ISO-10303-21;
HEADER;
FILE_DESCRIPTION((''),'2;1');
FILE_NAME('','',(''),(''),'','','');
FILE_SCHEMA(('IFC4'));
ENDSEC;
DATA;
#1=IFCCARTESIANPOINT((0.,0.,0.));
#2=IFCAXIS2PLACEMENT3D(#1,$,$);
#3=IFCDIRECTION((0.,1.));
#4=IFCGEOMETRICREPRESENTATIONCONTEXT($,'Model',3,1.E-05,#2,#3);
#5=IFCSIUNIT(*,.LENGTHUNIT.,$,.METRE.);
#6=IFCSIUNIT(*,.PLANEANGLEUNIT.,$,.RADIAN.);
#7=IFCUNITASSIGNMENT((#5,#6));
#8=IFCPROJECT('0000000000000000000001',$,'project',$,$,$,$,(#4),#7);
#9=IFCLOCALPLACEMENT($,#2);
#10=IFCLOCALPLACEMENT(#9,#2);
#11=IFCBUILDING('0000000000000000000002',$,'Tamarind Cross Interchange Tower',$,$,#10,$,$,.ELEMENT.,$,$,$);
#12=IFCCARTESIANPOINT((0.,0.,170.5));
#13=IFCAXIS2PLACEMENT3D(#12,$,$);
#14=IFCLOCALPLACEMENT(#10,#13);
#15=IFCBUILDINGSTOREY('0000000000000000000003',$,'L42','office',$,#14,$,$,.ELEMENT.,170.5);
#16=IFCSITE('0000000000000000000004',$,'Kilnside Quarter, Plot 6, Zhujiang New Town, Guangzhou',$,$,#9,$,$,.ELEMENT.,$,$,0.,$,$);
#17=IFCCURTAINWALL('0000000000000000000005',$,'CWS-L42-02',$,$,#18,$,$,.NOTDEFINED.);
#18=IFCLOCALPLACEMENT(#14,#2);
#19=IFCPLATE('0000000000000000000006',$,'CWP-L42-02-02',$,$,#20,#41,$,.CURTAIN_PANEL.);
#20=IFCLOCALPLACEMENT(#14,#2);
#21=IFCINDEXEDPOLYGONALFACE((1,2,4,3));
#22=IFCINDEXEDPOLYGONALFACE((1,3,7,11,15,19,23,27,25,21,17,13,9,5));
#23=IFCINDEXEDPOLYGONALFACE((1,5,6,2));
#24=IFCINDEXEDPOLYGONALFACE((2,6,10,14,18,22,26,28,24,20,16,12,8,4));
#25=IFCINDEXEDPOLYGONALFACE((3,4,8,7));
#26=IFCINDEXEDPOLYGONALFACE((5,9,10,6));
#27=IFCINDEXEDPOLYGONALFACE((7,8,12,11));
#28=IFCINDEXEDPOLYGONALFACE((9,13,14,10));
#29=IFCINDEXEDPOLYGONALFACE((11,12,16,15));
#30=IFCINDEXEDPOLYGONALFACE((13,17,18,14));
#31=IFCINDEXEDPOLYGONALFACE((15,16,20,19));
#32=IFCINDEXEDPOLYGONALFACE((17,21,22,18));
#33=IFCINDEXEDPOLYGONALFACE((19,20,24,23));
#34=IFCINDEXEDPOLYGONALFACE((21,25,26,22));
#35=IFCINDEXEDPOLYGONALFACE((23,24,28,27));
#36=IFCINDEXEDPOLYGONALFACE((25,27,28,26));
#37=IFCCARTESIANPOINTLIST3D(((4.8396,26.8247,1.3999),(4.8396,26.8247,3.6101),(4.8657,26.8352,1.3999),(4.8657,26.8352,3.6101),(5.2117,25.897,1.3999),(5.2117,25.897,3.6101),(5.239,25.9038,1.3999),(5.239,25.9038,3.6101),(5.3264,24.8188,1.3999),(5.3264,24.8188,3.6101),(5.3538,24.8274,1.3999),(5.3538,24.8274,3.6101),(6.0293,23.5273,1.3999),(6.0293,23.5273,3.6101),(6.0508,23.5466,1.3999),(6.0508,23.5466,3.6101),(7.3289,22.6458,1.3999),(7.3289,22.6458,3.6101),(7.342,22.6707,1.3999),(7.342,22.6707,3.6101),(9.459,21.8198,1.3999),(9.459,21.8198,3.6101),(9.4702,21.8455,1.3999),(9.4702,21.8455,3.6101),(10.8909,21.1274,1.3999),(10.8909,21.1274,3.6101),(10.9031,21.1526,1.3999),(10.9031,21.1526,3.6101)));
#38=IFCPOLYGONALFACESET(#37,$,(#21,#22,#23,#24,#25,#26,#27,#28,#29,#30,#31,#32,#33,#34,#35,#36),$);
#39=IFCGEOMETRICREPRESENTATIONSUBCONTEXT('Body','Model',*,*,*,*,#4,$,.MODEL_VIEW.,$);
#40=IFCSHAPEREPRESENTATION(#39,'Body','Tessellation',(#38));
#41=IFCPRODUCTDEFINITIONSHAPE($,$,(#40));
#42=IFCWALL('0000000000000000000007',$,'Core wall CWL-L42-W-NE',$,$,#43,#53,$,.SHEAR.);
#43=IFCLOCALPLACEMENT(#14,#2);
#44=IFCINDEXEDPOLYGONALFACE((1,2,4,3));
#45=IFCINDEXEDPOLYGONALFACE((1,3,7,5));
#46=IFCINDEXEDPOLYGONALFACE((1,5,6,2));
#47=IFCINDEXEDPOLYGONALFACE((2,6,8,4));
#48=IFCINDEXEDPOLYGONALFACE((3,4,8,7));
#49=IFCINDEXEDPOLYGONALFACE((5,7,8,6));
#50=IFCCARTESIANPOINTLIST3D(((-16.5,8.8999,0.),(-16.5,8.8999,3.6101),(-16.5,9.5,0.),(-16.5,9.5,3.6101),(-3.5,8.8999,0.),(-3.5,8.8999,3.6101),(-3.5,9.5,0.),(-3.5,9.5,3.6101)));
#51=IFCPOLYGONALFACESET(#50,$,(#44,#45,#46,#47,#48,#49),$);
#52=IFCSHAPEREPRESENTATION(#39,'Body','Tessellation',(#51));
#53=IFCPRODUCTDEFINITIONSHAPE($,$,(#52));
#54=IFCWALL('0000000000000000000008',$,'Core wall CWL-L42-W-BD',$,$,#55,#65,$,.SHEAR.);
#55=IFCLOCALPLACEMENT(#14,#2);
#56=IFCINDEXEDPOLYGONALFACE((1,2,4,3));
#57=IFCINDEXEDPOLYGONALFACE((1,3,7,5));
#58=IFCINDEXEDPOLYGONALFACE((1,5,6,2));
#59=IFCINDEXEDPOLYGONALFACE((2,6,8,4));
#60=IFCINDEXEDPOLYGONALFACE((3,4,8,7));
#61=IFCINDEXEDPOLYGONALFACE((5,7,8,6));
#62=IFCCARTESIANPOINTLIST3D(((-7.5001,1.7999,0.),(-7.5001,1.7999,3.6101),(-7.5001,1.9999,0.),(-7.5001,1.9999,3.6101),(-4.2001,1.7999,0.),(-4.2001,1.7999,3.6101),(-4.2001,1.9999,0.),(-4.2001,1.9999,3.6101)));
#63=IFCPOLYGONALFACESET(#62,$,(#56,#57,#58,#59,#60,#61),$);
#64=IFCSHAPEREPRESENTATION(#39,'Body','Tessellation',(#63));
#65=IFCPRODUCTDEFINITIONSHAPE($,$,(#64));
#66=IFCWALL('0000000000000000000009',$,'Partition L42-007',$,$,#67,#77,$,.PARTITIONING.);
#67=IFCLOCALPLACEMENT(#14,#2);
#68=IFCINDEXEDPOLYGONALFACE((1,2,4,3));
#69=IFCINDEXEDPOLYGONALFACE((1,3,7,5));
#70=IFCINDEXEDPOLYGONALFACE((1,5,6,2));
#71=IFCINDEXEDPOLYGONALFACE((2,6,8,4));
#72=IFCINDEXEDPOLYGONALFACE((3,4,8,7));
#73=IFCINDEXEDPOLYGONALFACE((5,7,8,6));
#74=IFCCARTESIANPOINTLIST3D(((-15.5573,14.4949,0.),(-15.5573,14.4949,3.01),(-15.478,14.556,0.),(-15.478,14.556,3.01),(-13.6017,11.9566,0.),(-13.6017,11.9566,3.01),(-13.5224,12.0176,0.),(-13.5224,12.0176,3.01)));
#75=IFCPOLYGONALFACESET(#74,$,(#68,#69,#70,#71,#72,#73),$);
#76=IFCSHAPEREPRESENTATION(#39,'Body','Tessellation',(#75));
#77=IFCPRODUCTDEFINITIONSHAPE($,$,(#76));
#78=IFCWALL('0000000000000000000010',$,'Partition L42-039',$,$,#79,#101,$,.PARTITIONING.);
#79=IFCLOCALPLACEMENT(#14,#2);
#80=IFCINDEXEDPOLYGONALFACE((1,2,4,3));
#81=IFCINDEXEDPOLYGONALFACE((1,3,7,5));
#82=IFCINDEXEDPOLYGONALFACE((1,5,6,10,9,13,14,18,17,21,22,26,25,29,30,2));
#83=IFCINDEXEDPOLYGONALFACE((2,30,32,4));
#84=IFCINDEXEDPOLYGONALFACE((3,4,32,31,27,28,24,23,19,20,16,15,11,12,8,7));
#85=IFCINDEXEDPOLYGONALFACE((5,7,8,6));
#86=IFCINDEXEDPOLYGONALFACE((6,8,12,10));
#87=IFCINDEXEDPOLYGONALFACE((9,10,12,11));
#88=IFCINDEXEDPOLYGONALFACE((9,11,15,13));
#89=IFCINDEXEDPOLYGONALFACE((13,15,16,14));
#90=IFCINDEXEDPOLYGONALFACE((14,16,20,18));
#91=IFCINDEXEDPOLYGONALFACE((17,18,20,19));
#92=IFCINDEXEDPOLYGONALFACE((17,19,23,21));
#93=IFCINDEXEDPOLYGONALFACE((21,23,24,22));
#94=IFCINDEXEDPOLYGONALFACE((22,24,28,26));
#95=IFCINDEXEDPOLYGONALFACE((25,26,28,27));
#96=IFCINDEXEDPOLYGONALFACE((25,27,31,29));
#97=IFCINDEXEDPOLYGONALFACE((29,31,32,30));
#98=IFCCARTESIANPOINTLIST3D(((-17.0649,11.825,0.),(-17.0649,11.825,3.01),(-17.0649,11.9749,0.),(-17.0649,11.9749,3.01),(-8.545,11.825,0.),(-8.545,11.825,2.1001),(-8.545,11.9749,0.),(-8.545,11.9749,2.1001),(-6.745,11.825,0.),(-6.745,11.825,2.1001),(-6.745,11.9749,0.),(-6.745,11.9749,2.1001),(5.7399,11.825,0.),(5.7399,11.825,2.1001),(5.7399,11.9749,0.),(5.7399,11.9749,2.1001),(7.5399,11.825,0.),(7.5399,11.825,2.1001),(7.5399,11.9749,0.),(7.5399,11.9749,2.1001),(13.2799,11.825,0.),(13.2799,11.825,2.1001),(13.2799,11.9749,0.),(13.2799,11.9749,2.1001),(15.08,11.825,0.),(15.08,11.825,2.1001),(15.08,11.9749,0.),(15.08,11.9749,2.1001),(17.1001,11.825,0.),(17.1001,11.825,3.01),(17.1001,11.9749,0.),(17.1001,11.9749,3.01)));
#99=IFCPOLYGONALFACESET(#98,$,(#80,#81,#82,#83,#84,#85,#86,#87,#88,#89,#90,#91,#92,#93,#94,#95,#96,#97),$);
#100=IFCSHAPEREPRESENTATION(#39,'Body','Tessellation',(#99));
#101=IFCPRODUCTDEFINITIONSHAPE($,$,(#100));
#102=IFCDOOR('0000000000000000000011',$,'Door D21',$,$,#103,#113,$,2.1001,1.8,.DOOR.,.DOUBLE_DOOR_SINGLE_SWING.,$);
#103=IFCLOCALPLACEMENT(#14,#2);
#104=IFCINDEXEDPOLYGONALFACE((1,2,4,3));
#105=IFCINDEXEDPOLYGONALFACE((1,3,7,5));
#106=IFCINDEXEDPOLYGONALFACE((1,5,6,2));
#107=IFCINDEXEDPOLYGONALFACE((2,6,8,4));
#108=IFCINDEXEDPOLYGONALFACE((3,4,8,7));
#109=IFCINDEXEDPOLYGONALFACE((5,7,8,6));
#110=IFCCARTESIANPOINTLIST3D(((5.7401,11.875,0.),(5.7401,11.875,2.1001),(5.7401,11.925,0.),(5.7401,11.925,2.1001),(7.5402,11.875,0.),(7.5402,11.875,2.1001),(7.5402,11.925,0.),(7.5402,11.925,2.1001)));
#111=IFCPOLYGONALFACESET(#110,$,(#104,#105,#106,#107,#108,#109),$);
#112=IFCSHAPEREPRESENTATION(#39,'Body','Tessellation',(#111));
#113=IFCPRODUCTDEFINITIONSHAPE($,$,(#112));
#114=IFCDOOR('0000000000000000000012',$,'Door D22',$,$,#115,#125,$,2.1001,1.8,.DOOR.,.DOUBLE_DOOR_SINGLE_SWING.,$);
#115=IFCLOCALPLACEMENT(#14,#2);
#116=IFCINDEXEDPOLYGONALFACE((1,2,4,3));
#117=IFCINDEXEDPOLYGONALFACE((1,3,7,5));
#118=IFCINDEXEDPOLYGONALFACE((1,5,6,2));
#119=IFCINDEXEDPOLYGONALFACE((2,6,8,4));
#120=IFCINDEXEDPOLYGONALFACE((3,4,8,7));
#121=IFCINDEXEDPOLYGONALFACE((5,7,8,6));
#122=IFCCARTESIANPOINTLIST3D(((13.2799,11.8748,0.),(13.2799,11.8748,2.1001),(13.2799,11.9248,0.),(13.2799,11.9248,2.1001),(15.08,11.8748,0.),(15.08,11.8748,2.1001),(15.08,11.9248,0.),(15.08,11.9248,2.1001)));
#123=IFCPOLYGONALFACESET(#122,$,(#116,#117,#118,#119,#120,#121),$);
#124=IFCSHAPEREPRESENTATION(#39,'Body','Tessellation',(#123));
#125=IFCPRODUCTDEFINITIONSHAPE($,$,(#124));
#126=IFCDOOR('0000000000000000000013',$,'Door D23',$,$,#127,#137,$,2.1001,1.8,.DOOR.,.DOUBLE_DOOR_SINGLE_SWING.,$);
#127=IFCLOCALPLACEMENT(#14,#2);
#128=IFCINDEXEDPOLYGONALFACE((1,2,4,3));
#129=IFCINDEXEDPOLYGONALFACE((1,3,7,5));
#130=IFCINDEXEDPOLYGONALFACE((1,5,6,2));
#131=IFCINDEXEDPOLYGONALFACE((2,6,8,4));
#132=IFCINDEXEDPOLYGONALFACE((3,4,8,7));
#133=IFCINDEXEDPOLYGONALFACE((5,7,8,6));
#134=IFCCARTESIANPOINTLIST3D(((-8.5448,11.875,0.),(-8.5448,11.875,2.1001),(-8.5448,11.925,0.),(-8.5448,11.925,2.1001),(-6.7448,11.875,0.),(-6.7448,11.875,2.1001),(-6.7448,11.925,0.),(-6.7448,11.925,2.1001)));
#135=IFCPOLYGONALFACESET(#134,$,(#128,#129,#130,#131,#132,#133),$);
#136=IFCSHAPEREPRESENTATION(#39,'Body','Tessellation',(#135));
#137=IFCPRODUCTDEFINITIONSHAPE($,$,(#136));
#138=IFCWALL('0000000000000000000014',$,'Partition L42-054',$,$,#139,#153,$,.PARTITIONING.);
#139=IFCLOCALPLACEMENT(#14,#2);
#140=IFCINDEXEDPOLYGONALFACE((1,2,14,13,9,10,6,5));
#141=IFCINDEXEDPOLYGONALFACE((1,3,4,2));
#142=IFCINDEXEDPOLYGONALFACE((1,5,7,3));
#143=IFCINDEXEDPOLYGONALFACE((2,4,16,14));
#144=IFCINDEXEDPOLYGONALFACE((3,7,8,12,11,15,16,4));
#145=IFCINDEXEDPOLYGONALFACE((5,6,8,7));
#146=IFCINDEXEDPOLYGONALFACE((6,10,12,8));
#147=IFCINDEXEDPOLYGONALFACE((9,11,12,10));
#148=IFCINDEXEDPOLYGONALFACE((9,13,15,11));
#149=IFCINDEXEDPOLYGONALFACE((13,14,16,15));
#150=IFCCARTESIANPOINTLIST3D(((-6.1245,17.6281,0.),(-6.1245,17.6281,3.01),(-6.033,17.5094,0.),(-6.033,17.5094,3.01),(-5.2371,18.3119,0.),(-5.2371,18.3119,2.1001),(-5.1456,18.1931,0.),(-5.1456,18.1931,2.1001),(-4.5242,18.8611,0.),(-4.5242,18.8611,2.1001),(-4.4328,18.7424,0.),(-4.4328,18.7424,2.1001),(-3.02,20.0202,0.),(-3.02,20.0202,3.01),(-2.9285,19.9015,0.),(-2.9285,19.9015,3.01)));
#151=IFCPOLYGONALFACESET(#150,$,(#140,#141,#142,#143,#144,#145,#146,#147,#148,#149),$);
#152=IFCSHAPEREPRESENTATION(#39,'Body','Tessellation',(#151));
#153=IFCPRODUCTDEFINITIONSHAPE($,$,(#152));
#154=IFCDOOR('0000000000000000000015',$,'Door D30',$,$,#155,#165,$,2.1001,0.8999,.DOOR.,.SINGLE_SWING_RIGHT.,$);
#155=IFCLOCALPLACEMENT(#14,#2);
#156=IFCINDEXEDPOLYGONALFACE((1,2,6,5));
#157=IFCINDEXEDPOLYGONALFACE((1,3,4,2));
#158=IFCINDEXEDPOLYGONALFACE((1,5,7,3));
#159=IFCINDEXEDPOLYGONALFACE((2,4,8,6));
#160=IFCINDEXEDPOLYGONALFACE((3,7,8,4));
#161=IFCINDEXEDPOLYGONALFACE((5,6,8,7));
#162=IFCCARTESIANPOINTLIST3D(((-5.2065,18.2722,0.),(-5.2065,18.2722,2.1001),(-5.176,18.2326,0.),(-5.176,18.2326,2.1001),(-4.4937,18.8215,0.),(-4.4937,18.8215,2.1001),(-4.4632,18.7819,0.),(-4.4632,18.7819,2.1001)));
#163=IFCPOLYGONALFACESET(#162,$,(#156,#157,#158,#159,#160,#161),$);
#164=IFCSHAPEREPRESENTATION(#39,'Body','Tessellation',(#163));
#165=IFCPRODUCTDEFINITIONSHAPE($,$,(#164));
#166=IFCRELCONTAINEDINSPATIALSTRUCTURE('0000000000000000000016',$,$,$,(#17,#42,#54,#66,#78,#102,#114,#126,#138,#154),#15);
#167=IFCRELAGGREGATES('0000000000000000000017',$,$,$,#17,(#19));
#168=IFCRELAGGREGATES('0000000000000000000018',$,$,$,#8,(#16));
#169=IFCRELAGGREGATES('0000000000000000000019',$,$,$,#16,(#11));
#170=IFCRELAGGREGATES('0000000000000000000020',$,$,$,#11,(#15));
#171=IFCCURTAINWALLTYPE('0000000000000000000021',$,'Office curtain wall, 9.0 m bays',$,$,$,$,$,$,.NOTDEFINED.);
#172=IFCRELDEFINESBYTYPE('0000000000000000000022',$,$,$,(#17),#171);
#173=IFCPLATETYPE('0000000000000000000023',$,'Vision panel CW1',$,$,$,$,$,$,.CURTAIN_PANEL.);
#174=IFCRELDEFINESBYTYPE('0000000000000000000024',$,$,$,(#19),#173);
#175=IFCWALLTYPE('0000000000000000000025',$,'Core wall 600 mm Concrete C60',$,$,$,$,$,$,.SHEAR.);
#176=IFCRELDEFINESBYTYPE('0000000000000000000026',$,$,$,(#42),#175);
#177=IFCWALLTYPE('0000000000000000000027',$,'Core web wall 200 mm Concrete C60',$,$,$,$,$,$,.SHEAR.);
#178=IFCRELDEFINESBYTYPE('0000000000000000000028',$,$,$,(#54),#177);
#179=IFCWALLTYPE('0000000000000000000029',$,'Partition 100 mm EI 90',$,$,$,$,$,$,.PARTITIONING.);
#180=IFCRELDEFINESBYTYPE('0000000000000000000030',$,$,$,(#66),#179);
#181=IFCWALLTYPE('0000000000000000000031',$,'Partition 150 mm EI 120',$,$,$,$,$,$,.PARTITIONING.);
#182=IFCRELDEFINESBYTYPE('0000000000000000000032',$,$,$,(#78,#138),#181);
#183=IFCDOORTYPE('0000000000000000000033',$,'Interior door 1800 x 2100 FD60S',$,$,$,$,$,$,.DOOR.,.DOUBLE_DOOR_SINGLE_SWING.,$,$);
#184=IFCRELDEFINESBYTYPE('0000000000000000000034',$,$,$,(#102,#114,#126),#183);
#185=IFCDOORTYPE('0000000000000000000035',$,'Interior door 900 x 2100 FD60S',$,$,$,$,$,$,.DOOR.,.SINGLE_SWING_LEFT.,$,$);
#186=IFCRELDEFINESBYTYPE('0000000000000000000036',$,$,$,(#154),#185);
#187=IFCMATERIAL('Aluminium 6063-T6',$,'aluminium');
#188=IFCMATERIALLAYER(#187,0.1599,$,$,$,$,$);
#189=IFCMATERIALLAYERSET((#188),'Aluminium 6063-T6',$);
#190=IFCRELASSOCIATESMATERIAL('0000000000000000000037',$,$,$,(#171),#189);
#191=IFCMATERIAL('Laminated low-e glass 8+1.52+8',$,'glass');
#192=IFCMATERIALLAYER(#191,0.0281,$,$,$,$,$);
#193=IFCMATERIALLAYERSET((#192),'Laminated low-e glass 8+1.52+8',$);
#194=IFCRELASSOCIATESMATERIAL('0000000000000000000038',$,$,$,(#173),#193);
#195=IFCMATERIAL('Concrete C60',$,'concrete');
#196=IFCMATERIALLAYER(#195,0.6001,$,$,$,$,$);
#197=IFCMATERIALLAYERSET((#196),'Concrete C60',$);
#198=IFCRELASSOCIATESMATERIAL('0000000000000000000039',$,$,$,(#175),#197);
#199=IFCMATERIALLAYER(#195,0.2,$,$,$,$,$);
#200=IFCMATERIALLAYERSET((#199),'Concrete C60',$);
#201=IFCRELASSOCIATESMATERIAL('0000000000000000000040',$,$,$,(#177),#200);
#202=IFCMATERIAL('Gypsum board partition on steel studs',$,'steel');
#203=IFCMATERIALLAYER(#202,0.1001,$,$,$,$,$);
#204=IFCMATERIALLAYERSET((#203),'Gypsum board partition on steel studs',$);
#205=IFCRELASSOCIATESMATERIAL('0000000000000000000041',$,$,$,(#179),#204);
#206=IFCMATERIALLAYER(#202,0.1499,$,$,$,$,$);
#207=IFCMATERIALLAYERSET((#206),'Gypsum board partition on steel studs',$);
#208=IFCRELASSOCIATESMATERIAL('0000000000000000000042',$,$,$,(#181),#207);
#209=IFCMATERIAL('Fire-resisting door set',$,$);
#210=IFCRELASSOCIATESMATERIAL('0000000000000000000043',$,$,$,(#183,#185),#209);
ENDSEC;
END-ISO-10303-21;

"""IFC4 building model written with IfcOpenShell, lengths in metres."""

from ifc_helpers import new_model, si_unit, direction, frame, frame_2d, origin, place, context, subcontext, project, spatial, polyline, rectangle, outline, extrude, material, layer, layer_set, type_object, element, fill, aggregate, save


model = new_model("IFC4")

# Units and contexts
model_context = context("Model", 3, precision=1e-05, world=origin(), true_north=direction((0.0, 1.0)))
body_context = subcontext(model_context, "Body", "Model", "MODEL_VIEW")
ifc_project = project(units=[si_unit("LENGTHUNIT", "METRE"), si_unit("PLANEANGLEUNIT", "RADIAN")], contexts=[model_context])

# Site, building, storey
site_placement = place(None, origin())
site = spatial("IfcSite", under=ifc_project, at=site_placement, Name="Kilnside Quarter, Plot 6, Zhujiang New Town, Guangzhou", CompositionType="ELEMENT", RefElevation=0.0)
building_placement = place(site_placement, origin())
building = spatial("IfcBuilding", under=site, at=building_placement, Name="Tamarind Cross Interchange Tower", CompositionType="ELEMENT")
storey_placement = place(building_placement, frame((0.0, 0.0, 170.5)))
storey = spatial("IfcBuildingStorey", under=building, at=storey_placement, Name="L42", Description="office", CompositionType="ELEMENT", Elevation=170.5)

# Shared definitions
ifc_material_1 = material(Name="Concrete C60", Category="concrete")

# Curtain wall, plate
ifc_material_2 = material(Name="Aluminium 6063-T6", Category="aluminium")
ifc_layer_1 = layer(ifc_material_2, 0.1599)
ifc_layer_set_1 = layer_set([ifc_layer_1], Name="Aluminium 6063-T6")
curtain_wall_type = type_object("IfcCurtainWallType", Name="Office curtain wall, 9.0 m bays", PredefinedType="NOTDEFINED", material=ifc_layer_set_1)
curtain_wall_placement = place(storey_placement, origin())
curtain_wall = element("IfcCurtainWall", 1, at=curtain_wall_placement, inside=storey, type_object=curtain_wall_type, Name="CWS-L42-02", PredefinedType="NOTDEFINED")
ifc_material_3 = material(Name="Laminated low-e glass 8+1.52+8", Category="glass")
ifc_layer_2 = layer(ifc_material_3, 0.0281)
ifc_layer_set_2 = layer_set([ifc_layer_2], Name="Laminated low-e glass 8+1.52+8")
plate_type = type_object("IfcPlateType", Name="Vision panel CW1", PredefinedType="CURTAIN_PANEL", material=ifc_layer_set_2)
plate_placement = place(storey_placement, frame((0.0, 0.0, 1.3999)))
plate = element("IfcPlate", 2, at=plate_placement, type_object=plate_type, Name="CWP-L42-02-02", PredefinedType="CURTAIN_PANEL", context=body_context, shape_type="SweptSolid", body=[
    extrude(outline(polyline([(10.8909, 21.1274), (9.459, 21.8198), (7.3289, 22.6458), (6.0293, 23.5273), (5.3264, 24.8188), (5.2117, 25.897), (4.8396, 26.8247), (4.8657, 26.8352), (5.239, 25.9038), (5.3538, 24.8274), (6.0508, 23.5466), (7.342, 22.6707), (9.4702, 21.8455), (10.9031, 21.1526), (10.8909, 21.1274)])), origin(), (0.0, 0.0, 1.0), 2.2102),
])
aggregate(curtain_wall, [plate])

# Walls
ifc_layer_3 = layer(ifc_material_1, 0.6001)
ifc_layer_set_3 = layer_set([ifc_layer_3], Name="Concrete C60")
wall_type_1 = type_object("IfcWallType", Name="Core wall 600 mm Concrete C60", PredefinedType="SHEAR", material=ifc_layer_set_3)
wall_1_placement = place(storey_placement, frame((-16.5, 9.2, 0.0), z_axis=(0.0, 0.0, 1.0), x_axis=(1.0, 0.0, 0.0)))
element("IfcWall", 3, at=wall_1_placement, inside=storey, type_object=wall_type_1, Name="Core wall CWL-L42-W-NE", PredefinedType="SHEAR", context=body_context, shape_type="SweptSolid", body=[
    extrude(rectangle(XDim=13.0, YDim=0.6001, at=frame_2d((6.5, 0.0))), origin(), (0.0, 0.0, 1.0), 3.6101),
])
ifc_layer_4 = layer(ifc_material_1, 0.2)
ifc_layer_set_4 = layer_set([ifc_layer_4], Name="Concrete C60")
wall_type_2 = type_object("IfcWallType", Name="Core web wall 200 mm Concrete C60", PredefinedType="SHEAR", material=ifc_layer_set_4)
wall_2_placement = place(storey_placement, frame((-7.5, 1.8999, 0.0), z_axis=(0.0, 0.0, 1.0), x_axis=(1.0, 0.0, 0.0)))
element("IfcWall", 4, at=wall_2_placement, inside=storey, type_object=wall_type_2, Name="Core wall CWL-L42-W-BD", PredefinedType="SHEAR", context=body_context, shape_type="SweptSolid", body=[
    extrude(rectangle(XDim=3.3, YDim=0.2, at=frame_2d((1.6499, 0.0))), origin(), (0.0, 0.0, 1.0), 3.6101),
])
ifc_material_4 = material(Name="Gypsum board partition on steel studs", Category="steel")
ifc_layer_5 = layer(ifc_material_4, 0.1001)
ifc_layer_set_5 = layer_set([ifc_layer_5], Name="Gypsum board partition on steel studs")
wall_type_3 = type_object("IfcWallType", Name="Partition 100 mm EI 90", PredefinedType="PARTITIONING", material=ifc_layer_set_5)
wall_3_placement = place(storey_placement, frame((-15.5176, 14.5254, 0.0), z_axis=(0.0, 0.0, 1.0), x_axis=(0.6103, -0.792171, 0.0)))
element("IfcWall", 5, at=wall_3_placement, inside=storey, type_object=wall_type_3, Name="Partition L42-007", PredefinedType="PARTITIONING", context=body_context, shape_type="SweptSolid", body=[
    extrude(rectangle(XDim=3.2043, YDim=0.1001, at=frame_2d((1.6021, 0.0))), origin(), (0.0, 0.0, 1.0), 3.01),
])

# Wall, openings, doors
ifc_layer_6 = layer(ifc_material_4, 0.1499)
ifc_layer_set_6 = layer_set([ifc_layer_6], Name="Gypsum board partition on steel studs")
wall_type_4 = type_object("IfcWallType", Name="Partition 150 mm EI 120", PredefinedType="PARTITIONING", material=ifc_layer_set_6)
wall_4_placement = place(storey_placement, frame((-17.0649, 11.8999, 0.0), z_axis=(0.0, 0.0, 1.0), x_axis=(1.0, 0.0, 0.0)))
wall_4 = element("IfcWall", 6, at=wall_4_placement, inside=storey, type_object=wall_type_4, Name="Partition L42-039", PredefinedType="PARTITIONING", context=body_context, shape_type="SweptSolid", body=[
    extrude(rectangle(XDim=34.165, YDim=0.1499, at=frame_2d((17.0825, 0.0))), origin(), (0.0, 0.0, 1.0), 3.01),
])
opening_1_placement = place(wall_4_placement, frame((22.8049, 0.0, 0.0)))
opening_1 = element("IfcOpeningElement", 7, at=opening_1_placement, cuts=wall_4, PredefinedType="OPENING", context=body_context, shape_type="SweptSolid", body=[
    extrude(rectangle(XDim=1.8, YDim=2.1001, at=frame_2d((0.8999, 1.05))), frame((0.0, 0.085, 0.0), z_axis=(0.0, -1.0, 0.0), x_axis=(1.0, 0.0, 0.0)), (0.0, 0.0, 1.0), 0.1699),
])
opening_2_placement = place(wall_4_placement, frame((30.345, 0.0, 0.0)))
opening_2 = element("IfcOpeningElement", 8, at=opening_2_placement, cuts=wall_4, PredefinedType="OPENING", context=body_context, shape_type="SweptSolid", body=[
    extrude(rectangle(XDim=1.8, YDim=2.1001, at=frame_2d((0.8999, 1.05))), frame((0.0, 0.085, 0.0), z_axis=(0.0, -1.0, 0.0), x_axis=(1.0, 0.0, 0.0)), (0.0, 0.0, 1.0), 0.1699),
])
opening_3_placement = place(wall_4_placement, frame((8.52, 0.0, 0.0)))
opening_3 = element("IfcOpeningElement", 9, at=opening_3_placement, cuts=wall_4, PredefinedType="OPENING", context=body_context, shape_type="SweptSolid", body=[
    extrude(rectangle(XDim=1.8, YDim=2.1001, at=frame_2d((0.8999, 1.05))), frame((0.0, 0.085, 0.0), z_axis=(0.0, -1.0, 0.0), x_axis=(1.0, 0.0, 0.0)), (0.0, 0.0, 1.0), 0.1699),
])
ifc_material_5 = material(Name="Fire-resisting door set")
door_type_1 = type_object("IfcDoorType", Name="Interior door 1800 x 2100 FD60S", OperationType="DOUBLE_DOOR_SINGLE_SWING", PredefinedType="DOOR", material=ifc_material_5)
door_1_placement = place(opening_1_placement, frame((1.8, 0.0, 0.0), z_axis=(0.0, 0.0, 1.0), x_axis=(-1.0, 0.0, 0.0)))
door_1 = element("IfcDoor", 10, at=door_1_placement, inside=storey, type_object=door_type_1, Name="Door D21", OperationType="DOUBLE_DOOR_SINGLE_SWING", OverallHeight=2.1001, OverallWidth=1.8, PredefinedType="DOOR", context=body_context, shape_type="SweptSolid", body=[
    extrude(rectangle(XDim=1.8, YDim=2.1001, at=frame_2d((0.8999, 1.05))), frame((0.0, 0.0249, 0.0), z_axis=(0.0, -1.0, 0.0), x_axis=(1.0, 0.0, 0.0)), (0.0, 0.0, 1.0), 0.05),
])
fill(opening_1, door_1)
door_2_placement = place(opening_2_placement, origin())
door_2 = element("IfcDoor", 11, at=door_2_placement, inside=storey, type_object=door_type_1, Name="Door D22", OperationType="DOUBLE_DOOR_SINGLE_SWING", OverallHeight=2.1001, OverallWidth=1.8, PredefinedType="DOOR", context=body_context, shape_type="SweptSolid", body=[
    extrude(rectangle(XDim=1.8, YDim=2.1001, at=frame_2d((0.8999, 1.05))), frame((0.0, 0.0249, 0.0), z_axis=(0.0, -1.0, 0.0), x_axis=(1.0, 0.0, 0.0)), (0.0, 0.0, 1.0), 0.05),
])
fill(opening_2, door_2)
door_3_placement = place(opening_3_placement, frame((1.8, 0.0, 0.0), z_axis=(0.0, 0.0, 1.0), x_axis=(-1.0, 0.0, 0.0)))
door_3 = element("IfcDoor", 12, at=door_3_placement, inside=storey, type_object=door_type_1, Name="Door D23", OperationType="DOUBLE_DOOR_SINGLE_SWING", OverallHeight=2.1001, OverallWidth=1.8, PredefinedType="DOOR", context=body_context, shape_type="SweptSolid", body=[
    extrude(rectangle(XDim=1.8, YDim=2.1001, at=frame_2d((0.8999, 1.05))), frame((0.0, 0.0249, 0.0), z_axis=(0.0, -1.0, 0.0), x_axis=(1.0, 0.0, 0.0)), (0.0, 0.0, 1.0), 0.05),
])
fill(opening_3, door_3)

# Wall, opening, door
wall_5_placement = place(storey_placement, frame((-6.0786, 17.5688, 0.0), z_axis=(0.0, 0.0, 1.0), x_axis=(0.792128, 0.610355, 0.0)))
wall_5 = element("IfcWall", 13, at=wall_5_placement, inside=storey, type_object=wall_type_4, Name="Partition L42-054", PredefinedType="PARTITIONING", context=body_context, shape_type="SweptSolid", body=[
    extrude(rectangle(XDim=3.9192, YDim=0.1499, at=frame_2d((1.9595, 0.0))), origin(), (0.0, 0.0, 1.0), 3.01),
])
opening_4_placement = place(wall_5_placement, frame((1.1201, 0.0, 0.0)))
opening_4 = element("IfcOpeningElement", 14, at=opening_4_placement, cuts=wall_5, PredefinedType="OPENING", context=body_context, shape_type="SweptSolid", body=[
    extrude(rectangle(XDim=0.8999, YDim=2.1001, at=frame_2d((0.45, 1.05))), frame((0.0, 0.085, 0.0), z_axis=(0.0, -1.0, 0.0), x_axis=(1.0, 0.0, 0.0)), (0.0, 0.0, 1.0), 0.1699),
])
door_type_2 = type_object("IfcDoorType", Name="Interior door 900 x 2100 FD60S", OperationType="SINGLE_SWING_LEFT", PredefinedType="DOOR", material=ifc_material_5)
door_4_placement = place(opening_4_placement, origin())
door_4 = element("IfcDoor", 15, at=door_4_placement, inside=storey, type_object=door_type_2, Name="Door D30", OperationType="SINGLE_SWING_RIGHT", OverallHeight=2.1001, OverallWidth=0.8999, PredefinedType="DOOR", context=body_context, shape_type="SweptSolid", body=[
    extrude(rectangle(XDim=0.8999, YDim=2.1001, at=frame_2d((0.45, 1.05))), frame((0.0, 0.0249, 0.0), z_axis=(0.0, -1.0, 0.0), x_axis=(1.0, 0.0, 0.0)), (0.0, 0.0, 1.0), 0.05),
])
fill(opening_4, door_4)

save(model, "model.ifc")
